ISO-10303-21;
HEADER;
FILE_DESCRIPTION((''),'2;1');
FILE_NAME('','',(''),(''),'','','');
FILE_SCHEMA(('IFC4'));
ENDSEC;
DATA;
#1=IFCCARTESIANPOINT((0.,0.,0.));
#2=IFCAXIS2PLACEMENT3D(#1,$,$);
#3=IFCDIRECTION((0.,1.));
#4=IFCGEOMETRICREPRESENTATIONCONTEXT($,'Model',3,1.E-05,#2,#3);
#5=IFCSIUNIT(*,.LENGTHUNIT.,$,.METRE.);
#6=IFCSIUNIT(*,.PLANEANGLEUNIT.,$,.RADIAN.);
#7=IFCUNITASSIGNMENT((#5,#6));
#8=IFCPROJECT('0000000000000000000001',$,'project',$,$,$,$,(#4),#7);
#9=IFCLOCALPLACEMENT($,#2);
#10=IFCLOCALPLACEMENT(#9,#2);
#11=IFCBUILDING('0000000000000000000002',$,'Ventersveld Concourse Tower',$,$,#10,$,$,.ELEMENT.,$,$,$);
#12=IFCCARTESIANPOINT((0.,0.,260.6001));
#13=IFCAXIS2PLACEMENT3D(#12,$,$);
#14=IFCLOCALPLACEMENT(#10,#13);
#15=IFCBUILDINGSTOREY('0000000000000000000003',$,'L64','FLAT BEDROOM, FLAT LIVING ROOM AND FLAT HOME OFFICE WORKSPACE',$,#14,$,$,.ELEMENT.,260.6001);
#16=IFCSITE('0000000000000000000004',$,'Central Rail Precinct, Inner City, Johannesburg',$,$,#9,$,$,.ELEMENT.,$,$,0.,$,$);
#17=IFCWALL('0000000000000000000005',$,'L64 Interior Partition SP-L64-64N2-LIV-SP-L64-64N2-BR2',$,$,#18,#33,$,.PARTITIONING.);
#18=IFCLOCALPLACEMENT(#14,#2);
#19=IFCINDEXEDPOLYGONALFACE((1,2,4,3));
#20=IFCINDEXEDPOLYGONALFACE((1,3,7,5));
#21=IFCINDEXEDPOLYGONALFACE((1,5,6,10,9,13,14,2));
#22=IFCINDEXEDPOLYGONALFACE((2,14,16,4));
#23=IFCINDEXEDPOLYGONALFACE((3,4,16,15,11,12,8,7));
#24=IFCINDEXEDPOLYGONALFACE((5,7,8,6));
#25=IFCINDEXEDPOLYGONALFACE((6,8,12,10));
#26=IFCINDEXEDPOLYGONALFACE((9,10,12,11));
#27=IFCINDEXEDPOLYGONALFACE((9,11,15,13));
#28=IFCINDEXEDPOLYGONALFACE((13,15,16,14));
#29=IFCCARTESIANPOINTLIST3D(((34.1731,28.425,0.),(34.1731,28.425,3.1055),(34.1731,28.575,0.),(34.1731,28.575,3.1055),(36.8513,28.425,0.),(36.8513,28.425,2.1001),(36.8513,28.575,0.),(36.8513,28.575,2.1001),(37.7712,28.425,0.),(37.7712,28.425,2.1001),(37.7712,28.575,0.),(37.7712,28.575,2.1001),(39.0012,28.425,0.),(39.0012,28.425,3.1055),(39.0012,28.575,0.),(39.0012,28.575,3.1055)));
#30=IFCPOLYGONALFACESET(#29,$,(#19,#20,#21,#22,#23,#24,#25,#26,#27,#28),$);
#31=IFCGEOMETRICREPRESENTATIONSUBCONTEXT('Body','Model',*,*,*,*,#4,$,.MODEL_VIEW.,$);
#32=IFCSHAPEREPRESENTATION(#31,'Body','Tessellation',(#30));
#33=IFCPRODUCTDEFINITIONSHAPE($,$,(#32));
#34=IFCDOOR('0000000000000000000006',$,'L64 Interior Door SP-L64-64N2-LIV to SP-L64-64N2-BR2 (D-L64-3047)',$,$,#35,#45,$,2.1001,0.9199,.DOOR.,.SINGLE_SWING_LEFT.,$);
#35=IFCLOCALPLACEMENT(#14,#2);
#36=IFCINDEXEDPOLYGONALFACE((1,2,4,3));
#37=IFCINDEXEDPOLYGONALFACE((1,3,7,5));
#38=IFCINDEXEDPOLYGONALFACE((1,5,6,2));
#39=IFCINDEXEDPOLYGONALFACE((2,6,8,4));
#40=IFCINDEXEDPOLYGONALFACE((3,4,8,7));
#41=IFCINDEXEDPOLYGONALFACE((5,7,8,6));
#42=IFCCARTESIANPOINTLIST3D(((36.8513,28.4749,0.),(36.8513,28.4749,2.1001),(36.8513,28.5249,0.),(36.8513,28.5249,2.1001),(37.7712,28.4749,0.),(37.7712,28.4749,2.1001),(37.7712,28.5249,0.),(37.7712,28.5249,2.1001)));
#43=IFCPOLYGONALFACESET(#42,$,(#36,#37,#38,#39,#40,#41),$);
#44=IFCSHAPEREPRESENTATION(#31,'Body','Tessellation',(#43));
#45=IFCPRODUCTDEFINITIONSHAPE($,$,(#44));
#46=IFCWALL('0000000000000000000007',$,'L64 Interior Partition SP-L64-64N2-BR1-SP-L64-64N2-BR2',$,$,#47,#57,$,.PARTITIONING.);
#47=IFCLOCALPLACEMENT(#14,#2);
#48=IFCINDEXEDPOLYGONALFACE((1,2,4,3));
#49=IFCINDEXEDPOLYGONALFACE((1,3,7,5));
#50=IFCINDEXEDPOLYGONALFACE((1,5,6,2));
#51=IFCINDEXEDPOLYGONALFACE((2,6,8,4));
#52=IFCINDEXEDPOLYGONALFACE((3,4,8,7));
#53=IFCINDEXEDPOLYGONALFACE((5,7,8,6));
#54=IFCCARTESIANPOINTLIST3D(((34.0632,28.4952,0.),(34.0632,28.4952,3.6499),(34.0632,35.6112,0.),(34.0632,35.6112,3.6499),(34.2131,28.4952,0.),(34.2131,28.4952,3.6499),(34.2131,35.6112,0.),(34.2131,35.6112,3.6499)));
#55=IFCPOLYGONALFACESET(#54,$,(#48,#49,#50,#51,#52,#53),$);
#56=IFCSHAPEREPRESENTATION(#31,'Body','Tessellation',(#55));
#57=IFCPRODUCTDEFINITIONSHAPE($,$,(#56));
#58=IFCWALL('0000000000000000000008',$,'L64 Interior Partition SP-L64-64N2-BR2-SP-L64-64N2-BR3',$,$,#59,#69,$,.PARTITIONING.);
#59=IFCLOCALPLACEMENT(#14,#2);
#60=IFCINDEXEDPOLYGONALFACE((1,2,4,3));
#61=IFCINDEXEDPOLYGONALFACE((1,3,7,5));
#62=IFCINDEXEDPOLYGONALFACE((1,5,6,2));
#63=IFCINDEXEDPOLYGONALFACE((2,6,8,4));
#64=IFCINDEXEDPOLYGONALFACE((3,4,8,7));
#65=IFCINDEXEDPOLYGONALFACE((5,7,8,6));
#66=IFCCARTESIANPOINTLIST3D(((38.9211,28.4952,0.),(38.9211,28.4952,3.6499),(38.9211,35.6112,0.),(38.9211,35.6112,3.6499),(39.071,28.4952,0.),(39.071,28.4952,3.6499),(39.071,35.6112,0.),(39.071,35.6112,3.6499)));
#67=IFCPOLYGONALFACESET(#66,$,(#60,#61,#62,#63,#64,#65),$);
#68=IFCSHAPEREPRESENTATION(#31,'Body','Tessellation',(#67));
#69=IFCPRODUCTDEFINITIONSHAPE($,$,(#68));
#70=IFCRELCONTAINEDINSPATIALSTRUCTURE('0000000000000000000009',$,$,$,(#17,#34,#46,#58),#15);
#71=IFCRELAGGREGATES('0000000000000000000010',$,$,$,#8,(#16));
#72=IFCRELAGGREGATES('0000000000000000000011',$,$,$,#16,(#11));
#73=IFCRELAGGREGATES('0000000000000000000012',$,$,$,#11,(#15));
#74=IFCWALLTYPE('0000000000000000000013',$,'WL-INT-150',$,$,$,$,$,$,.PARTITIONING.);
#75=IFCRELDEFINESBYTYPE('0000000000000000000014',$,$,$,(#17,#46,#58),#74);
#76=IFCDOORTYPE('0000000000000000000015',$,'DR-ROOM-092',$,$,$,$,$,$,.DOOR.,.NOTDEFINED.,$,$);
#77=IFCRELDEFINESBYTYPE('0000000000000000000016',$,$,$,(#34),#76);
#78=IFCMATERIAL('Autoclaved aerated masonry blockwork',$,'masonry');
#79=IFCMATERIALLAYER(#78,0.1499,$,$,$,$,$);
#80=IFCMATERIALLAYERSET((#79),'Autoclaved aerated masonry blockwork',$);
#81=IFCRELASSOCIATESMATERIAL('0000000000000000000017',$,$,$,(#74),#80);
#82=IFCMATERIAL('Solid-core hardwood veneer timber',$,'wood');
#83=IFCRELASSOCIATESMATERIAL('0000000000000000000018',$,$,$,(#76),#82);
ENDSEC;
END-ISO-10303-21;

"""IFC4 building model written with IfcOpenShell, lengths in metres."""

from ifc_helpers import new_model, si_unit, direction, frame, frame_2d, origin, place, context, subcontext, project, spatial, rectangle, extrude, material, layer, layer_set, type_object, element, fill, save


model = new_model("IFC4")

# Units and contexts
model_context = context("Model", 3, precision=1e-05, world=origin(), true_north=direction((0.0, 1.0)))
body_context = subcontext(model_context, "Body", "Model", "MODEL_VIEW")
ifc_project = project(units=[si_unit("LENGTHUNIT", "METRE"), si_unit("PLANEANGLEUNIT", "RADIAN")], contexts=[model_context])

# Site, building, storey
site_placement = place(None, origin())
site = spatial("IfcSite", under=ifc_project, at=site_placement, Name="Central Rail Precinct, Inner City, Johannesburg", CompositionType="ELEMENT", RefElevation=0.0)
building_placement = place(site_placement, origin())
building = spatial("IfcBuilding", under=site, at=building_placement, Name="Ventersveld Concourse Tower", CompositionType="ELEMENT")
storey_placement = place(building_placement, frame((0.0, 0.0, 260.6001)))
storey = spatial("IfcBuildingStorey", under=building, at=storey_placement, Name="L64", Description="FLAT BEDROOM, FLAT LIVING ROOM AND FLAT HOME OFFICE WORKSPACE", CompositionType="ELEMENT", Elevation=260.6001)

# Shared definitions
ifc_material_1 = material(Name="Autoclaved aerated masonry blockwork", Category="masonry")
ifc_layer_1 = layer(ifc_material_1, 0.1499)
ifc_layer_set_1 = layer_set([ifc_layer_1], Name="Autoclaved aerated masonry blockwork")
wall_type_1 = type_object("IfcWallType", Name="WL-INT-150", PredefinedType="PARTITIONING", material=ifc_layer_set_1)

# Wall, opening, door
ifc_material_2 = material(Name="Solid-core hardwood veneer timber", Category="wood")
door_type = type_object("IfcDoorType", Name="DR-ROOM-092", OperationType="NOTDEFINED", PredefinedType="DOOR", material=ifc_material_2)
wall_1_placement = place(storey_placement, frame((34.1731, 28.5, 0.0), z_axis=(0.0, 0.0, 1.0), x_axis=(1.0, 0.0, 0.0)))
wall_1 = element("IfcWall", 1, at=wall_1_placement, inside=storey, type_object=wall_type_1, Name="L64 Interior Partition SP-L64-64N2-LIV-SP-L64-64N2-BR2", PredefinedType="PARTITIONING", context=body_context, shape_type="SweptSolid", body=[
    extrude(rectangle(XDim=4.8281, YDim=0.1499, at=frame_2d((2.4141, 0.0))), origin(), (0.0, 0.0, 1.0), 3.1055),
])
opening_1_placement = place(wall_1_placement, frame((2.6782, 0.0, 0.0)))
opening_1 = element("IfcOpeningElement", 2, at=opening_1_placement, cuts=wall_1, PredefinedType="OPENING", context=body_context, shape_type="SweptSolid", body=[
    extrude(rectangle(XDim=0.9199, YDim=2.1001, at=frame_2d((0.46, 1.05))), frame((0.0, 0.085, 0.0), z_axis=(0.0, -1.0, 0.0), x_axis=(1.0, 0.0, 0.0)), (0.0, 0.0, 1.0), 0.1699),
])
door_1_placement = place(opening_1_placement, origin())
door_1 = element("IfcDoor", 3, at=door_1_placement, inside=storey, type_object=door_type, Name="L64 Interior Door SP-L64-64N2-LIV to SP-L64-64N2-BR2 (D-L64-3047)", OperationType="SINGLE_SWING_LEFT", OverallHeight=2.1001, OverallWidth=0.9199, PredefinedType="DOOR", context=body_context, shape_type="SweptSolid", body=[
    extrude(rectangle(XDim=0.9199, YDim=2.1001, at=frame_2d((0.46, 1.05))), frame((0.0, 0.0249, 0.0), z_axis=(0.0, -1.0, 0.0), x_axis=(1.0, 0.0, 0.0)), (0.0, 0.0, 1.0), 0.05),
])
fill(opening_1, door_1)

# Walls
for number, where, z_axis, x_axis, name in (
    (4, (34.1382, 28.4951, 0.0), (0.0, 0.0, 1.0), (0.0, 1.0, 0.0), "L64 Interior Partition SP-L64-64N2-BR1-SP-L64-64N2-BR2"),
    (5, (38.9961, 28.4951, 0.0), (0.0, 0.0, 1.0), (0.0, 1.0, 0.0), "L64 Interior Partition SP-L64-64N2-BR2-SP-L64-64N2-BR3"),
):
    element("IfcWall", number, at=place(storey_placement, frame(where, z_axis=z_axis, x_axis=x_axis)), inside=storey, type_object=wall_type_1, Name=name, PredefinedType="PARTITIONING", context=body_context, shape_type="SweptSolid", body=[
        extrude(rectangle(XDim=7.116, YDim=0.1499, at=frame_2d((3.5581, 0.0))), origin(), (0.0, 0.0, 1.0), 3.6499),
    ])

save(model, "model.ifc")
